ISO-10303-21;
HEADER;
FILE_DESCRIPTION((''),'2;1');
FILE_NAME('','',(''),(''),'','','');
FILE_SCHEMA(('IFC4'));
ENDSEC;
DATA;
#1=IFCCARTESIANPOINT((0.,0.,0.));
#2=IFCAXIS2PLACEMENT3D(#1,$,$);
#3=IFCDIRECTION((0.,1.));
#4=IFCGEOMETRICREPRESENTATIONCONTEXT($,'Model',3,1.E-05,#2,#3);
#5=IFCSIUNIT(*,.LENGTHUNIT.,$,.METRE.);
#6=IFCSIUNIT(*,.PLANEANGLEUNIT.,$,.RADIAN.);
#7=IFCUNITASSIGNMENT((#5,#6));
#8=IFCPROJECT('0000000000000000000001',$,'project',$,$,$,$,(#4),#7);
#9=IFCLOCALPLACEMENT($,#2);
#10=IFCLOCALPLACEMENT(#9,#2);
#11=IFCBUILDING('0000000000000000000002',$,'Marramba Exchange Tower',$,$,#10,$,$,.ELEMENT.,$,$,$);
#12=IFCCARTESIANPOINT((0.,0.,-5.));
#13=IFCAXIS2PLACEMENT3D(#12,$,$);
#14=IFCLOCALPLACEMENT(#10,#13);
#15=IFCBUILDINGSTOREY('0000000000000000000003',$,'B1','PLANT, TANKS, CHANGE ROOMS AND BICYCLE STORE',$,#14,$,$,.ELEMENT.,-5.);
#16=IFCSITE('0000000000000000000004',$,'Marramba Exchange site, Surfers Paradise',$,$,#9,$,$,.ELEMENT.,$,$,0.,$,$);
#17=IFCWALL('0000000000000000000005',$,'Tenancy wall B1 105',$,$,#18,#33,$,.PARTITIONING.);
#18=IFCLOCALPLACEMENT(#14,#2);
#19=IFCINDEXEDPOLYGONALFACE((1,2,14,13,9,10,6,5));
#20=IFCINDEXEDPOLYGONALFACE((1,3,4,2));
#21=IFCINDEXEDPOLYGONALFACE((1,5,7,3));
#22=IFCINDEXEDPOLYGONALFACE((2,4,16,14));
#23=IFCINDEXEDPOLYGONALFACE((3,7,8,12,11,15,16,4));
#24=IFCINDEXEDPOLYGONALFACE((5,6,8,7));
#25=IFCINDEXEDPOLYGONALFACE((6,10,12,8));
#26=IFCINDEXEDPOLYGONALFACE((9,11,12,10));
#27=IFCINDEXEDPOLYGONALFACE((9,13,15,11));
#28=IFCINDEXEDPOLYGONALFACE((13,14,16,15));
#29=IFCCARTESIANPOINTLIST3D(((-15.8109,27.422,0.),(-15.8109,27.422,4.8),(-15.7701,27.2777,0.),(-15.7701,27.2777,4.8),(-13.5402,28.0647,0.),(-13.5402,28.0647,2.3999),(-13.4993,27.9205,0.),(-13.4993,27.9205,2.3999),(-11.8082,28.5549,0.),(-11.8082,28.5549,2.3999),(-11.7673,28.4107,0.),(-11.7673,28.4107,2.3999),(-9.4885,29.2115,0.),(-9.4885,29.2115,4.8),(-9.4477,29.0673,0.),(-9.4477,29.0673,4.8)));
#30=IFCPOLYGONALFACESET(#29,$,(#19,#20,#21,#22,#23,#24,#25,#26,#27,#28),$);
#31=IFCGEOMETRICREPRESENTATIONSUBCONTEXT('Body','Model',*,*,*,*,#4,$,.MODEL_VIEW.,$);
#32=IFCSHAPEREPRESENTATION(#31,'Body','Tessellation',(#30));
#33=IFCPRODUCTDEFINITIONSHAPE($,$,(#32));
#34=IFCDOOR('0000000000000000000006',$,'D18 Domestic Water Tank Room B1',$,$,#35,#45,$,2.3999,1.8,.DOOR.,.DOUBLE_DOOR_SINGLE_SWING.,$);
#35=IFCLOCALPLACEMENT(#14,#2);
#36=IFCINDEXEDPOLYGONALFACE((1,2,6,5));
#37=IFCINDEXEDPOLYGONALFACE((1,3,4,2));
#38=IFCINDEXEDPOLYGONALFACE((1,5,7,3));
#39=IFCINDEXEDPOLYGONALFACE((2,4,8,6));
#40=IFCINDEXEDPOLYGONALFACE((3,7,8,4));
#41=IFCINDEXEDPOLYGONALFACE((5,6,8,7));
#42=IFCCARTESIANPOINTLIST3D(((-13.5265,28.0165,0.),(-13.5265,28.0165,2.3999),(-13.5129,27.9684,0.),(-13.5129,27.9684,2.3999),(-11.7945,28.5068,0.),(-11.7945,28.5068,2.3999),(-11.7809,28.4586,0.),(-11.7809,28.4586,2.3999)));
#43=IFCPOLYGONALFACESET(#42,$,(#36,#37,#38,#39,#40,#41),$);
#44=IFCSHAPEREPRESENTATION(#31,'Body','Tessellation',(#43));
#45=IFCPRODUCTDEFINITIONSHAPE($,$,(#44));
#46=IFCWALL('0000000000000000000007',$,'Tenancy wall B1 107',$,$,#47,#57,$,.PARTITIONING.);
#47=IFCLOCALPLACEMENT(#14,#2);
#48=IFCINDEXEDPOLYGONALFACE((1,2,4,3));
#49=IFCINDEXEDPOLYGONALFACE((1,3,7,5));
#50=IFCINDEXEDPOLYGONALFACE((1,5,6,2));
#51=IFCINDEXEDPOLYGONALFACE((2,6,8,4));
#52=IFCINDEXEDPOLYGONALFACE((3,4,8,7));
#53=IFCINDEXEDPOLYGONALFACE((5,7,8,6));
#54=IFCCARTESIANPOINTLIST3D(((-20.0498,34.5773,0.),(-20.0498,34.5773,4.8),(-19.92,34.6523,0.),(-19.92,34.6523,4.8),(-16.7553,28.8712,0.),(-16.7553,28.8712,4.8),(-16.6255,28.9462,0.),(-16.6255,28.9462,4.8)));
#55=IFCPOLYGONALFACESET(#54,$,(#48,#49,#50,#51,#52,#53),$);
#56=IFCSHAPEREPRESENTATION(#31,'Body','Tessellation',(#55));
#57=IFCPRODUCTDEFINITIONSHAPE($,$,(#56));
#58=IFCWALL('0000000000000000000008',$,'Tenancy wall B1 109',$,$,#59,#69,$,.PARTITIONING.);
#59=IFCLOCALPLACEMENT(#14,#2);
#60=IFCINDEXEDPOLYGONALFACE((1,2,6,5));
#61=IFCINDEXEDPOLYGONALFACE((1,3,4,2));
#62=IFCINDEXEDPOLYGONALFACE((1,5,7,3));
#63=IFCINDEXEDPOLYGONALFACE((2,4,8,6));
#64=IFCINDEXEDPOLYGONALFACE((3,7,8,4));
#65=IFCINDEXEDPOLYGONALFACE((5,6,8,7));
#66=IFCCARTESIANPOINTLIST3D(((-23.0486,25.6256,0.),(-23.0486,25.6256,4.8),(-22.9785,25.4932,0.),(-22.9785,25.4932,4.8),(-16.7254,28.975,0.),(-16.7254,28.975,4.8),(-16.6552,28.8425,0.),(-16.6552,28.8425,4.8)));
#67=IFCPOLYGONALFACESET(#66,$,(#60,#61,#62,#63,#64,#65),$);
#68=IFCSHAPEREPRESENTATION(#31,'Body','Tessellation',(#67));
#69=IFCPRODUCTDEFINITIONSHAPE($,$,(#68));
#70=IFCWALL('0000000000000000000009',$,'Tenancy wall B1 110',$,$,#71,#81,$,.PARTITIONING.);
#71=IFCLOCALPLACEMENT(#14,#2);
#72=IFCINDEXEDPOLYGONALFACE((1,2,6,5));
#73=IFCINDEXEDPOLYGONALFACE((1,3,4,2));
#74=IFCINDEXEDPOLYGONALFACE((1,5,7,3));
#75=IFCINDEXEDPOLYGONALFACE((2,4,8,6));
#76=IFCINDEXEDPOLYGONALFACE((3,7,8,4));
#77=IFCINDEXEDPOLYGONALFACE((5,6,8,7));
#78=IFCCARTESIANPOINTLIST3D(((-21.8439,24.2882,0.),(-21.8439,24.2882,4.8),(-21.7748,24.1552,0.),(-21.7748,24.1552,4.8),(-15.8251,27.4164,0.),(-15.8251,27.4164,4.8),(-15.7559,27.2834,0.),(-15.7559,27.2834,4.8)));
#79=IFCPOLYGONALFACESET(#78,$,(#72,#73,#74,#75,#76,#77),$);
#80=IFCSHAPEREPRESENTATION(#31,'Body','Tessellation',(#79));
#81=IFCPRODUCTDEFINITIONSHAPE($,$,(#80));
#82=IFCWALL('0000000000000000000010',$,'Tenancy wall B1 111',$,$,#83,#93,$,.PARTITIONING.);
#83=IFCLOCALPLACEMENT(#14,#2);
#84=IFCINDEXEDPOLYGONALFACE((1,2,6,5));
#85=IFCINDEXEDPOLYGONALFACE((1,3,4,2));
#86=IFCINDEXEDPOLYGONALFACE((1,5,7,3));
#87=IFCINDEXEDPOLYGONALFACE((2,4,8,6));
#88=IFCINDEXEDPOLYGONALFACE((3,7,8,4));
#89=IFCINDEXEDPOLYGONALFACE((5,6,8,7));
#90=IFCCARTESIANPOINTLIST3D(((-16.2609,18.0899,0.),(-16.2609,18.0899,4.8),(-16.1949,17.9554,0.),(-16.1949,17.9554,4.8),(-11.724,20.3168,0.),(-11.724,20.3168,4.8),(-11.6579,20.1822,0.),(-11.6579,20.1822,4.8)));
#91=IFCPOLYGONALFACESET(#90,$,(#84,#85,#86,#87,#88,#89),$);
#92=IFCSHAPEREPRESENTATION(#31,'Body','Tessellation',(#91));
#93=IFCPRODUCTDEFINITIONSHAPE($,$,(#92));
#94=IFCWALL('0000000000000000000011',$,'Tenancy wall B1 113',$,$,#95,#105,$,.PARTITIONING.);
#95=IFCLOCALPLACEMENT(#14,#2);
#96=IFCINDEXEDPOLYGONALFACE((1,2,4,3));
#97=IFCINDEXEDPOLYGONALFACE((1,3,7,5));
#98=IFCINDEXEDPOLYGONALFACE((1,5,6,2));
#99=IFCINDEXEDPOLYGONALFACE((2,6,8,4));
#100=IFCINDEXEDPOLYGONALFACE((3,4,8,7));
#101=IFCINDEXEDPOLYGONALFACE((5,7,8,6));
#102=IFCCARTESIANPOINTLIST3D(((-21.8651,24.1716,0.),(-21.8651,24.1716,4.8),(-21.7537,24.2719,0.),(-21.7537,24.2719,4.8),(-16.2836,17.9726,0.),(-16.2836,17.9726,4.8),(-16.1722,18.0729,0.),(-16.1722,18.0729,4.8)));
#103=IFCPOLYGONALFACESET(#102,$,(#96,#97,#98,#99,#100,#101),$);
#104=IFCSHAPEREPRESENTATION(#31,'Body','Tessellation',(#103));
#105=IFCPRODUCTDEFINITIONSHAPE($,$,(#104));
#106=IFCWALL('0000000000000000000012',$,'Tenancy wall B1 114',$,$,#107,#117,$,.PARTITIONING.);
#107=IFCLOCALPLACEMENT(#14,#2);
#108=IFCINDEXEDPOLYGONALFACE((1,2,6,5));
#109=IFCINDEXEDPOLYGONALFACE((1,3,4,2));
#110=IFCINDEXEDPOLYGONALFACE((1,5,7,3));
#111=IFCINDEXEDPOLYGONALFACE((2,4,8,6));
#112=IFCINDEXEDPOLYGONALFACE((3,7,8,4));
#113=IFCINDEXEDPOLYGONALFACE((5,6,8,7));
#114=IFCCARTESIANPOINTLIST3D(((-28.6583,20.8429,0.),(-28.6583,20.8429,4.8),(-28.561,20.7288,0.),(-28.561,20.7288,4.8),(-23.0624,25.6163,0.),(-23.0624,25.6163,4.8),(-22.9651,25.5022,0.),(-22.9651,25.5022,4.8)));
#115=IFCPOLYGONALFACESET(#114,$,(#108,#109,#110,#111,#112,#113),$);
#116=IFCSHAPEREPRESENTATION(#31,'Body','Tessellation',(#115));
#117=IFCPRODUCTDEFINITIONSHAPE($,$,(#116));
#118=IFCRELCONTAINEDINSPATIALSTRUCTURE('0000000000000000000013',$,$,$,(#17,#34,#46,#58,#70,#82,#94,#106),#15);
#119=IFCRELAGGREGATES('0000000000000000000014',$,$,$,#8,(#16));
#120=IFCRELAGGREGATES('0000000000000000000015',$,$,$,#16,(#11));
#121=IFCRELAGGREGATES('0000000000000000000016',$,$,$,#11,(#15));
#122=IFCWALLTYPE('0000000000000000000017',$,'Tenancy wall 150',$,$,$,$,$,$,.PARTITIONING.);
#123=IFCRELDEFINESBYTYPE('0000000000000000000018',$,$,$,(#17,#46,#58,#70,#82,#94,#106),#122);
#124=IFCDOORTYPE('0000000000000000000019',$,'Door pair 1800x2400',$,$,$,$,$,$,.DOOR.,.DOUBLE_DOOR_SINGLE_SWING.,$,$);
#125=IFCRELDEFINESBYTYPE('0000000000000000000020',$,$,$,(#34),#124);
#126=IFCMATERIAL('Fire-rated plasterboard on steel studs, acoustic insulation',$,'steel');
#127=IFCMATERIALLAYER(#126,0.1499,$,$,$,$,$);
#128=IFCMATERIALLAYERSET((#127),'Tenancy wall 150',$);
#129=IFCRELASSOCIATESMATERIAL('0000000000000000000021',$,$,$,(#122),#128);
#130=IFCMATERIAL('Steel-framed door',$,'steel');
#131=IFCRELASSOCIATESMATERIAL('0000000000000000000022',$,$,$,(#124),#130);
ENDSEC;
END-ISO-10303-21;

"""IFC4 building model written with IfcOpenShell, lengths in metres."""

from ifc_helpers import new_model, si_unit, direction, frame, frame_2d, origin, place, context, subcontext, project, spatial, rectangle, extrude, material, layer, layer_set, type_object, element, fill, save


model = new_model("IFC4")

# Units and contexts
model_context = context("Model", 3, precision=1e-05, world=origin(), true_north=direction((0.0, 1.0)))
body_context = subcontext(model_context, "Body", "Model", "MODEL_VIEW")
ifc_project = project(units=[si_unit("LENGTHUNIT", "METRE"), si_unit("PLANEANGLEUNIT", "RADIAN")], contexts=[model_context])

# Site, building, storey
site_placement = place(None, origin())
site = spatial("IfcSite", under=ifc_project, at=site_placement, Name="Marramba Exchange site, Surfers Paradise", CompositionType="ELEMENT", RefElevation=0.0)
building_placement = place(site_placement, origin())
building = spatial("IfcBuilding", under=site, at=building_placement, Name="Marramba Exchange Tower", CompositionType="ELEMENT")
storey_placement = place(building_placement, frame((0.0, 0.0, -5.0)))
storey = spatial("IfcBuildingStorey", under=building, at=storey_placement, Name="B1", Description="PLANT, TANKS, CHANGE ROOMS AND BICYCLE STORE", CompositionType="ELEMENT", Elevation=-5.0)

# Wall, opening, door
ifc_material_1 = material(Name="Fire-rated plasterboard on steel studs, acoustic insulation", Category="steel")
ifc_layer_1 = layer(ifc_material_1, 0.1499)
ifc_layer_set_1 = layer_set([ifc_layer_1], Name="Tenancy wall 150")
wall_type_1 = type_object("IfcWallType", Name="Tenancy wall 150", PredefinedType="PARTITIONING", material=ifc_layer_set_1)
wall_1_placement = place(storey_placement, frame((-15.7905, 27.3499, 0.0), z_axis=(0.0, 0.0, 1.0), x_axis=(0.9622, 0.272345, 0.0)))
wall_1 = element("IfcWall", 1, at=wall_1_placement, inside=storey, type_object=wall_type_1, Name="Tenancy wall B1 105", PredefinedType="PARTITIONING", context=body_context, shape_type="SweptSolid", body=[
    extrude(rectangle(XDim=6.5708, YDim=0.1499, at=frame_2d((3.2854, 0.0))), origin(), (0.0, 0.0, 1.0), 4.8),
])
opening_placement = place(wall_1_placement, frame((2.3601, 0.0, 0.0)))
opening = element("IfcOpeningElement", 2, at=opening_placement, cuts=wall_1, PredefinedType="OPENING", context=body_context, shape_type="SweptSolid", body=[
    extrude(rectangle(XDim=1.8, YDim=2.3999, at=frame_2d((0.8999, 1.2))), frame((0.0, 0.085, 0.0), z_axis=(0.0, -1.0, 0.0), x_axis=(1.0, 0.0, 0.0)), (0.0, 0.0, 1.0), 0.1699),
])
ifc_material_2 = material(Name="Steel-framed door", Category="steel")
door_type = type_object("IfcDoorType", Name="Door pair 1800x2400", OperationType="DOUBLE_DOOR_SINGLE_SWING", PredefinedType="DOOR", material=ifc_material_2)
door_placement = place(opening_placement, origin())
door = element("IfcDoor", 3, at=door_placement, inside=storey, type_object=door_type, Name="D18 Domestic Water Tank Room B1", OperationType="DOUBLE_DOOR_SINGLE_SWING", OverallHeight=2.3999, OverallWidth=1.8, PredefinedType="DOOR", context=body_context, shape_type="SweptSolid", body=[
    extrude(rectangle(XDim=1.8, YDim=2.3999, at=frame_2d((0.8999, 1.2))), frame((0.0, 0.0249, 0.0), z_axis=(0.0, -1.0, 0.0), x_axis=(1.0, 0.0, 0.0)), (0.0, 0.0, 1.0), 0.05),
])
fill(opening, door)

# Walls
wall_2_placement = place(storey_placement, frame((-16.6904, 28.9087, 0.0), z_axis=(0.0, 0.0, 1.0), x_axis=(-0.500005, 0.866023, 0.0)))
element("IfcWall", 4, at=wall_2_placement, inside=storey, type_object=wall_type_1, Name="Tenancy wall B1 107", PredefinedType="PARTITIONING", context=body_context, shape_type="SweptSolid", body=[
    extrude(rectangle(XDim=6.5889, YDim=0.1499, at=frame_2d((3.2944, 0.0))), origin(), (0.0, 0.0, 1.0), 4.8),
])
wall_3_placement = place(storey_placement, frame((-16.6904, 28.9087, 0.0), z_axis=(0.0, 0.0, 1.0), x_axis=(-0.883686, -0.468081, 0.0)))
element("IfcWall", 5, at=wall_3_placement, inside=storey, type_object=wall_type_1, Name="Tenancy wall B1 109", PredefinedType="PARTITIONING", context=body_context, shape_type="SweptSolid", body=[
    extrude(rectangle(XDim=7.1555, YDim=0.1499, at=frame_2d((3.5776, 0.0))), origin(), (0.0, 0.0, 1.0), 4.8),
])
wall_4_placement = place(storey_placement, frame((-21.8093, 24.2217, 0.0), z_axis=(0.0, 0.0, 1.0), x_axis=(0.887313, 0.461167, 0.0)))
element("IfcWall", 6, at=wall_4_placement, inside=storey, type_object=wall_type_1, Name="Tenancy wall B1 110", PredefinedType="PARTITIONING", context=body_context, shape_type="SweptSolid", body=[
    extrude(rectangle(XDim=6.7832, YDim=0.1499, at=frame_2d((3.3916, 0.0))), origin(), (0.0, 0.0, 1.0), 4.8),
])
wall_5_placement = place(storey_placement, frame((-16.2278, 18.0227, 0.0), z_axis=(0.0, 0.0, 1.0), x_axis=(0.897697, 0.440612, 0.0)))
element("IfcWall", 7, at=wall_5_placement, inside=storey, type_object=wall_type_1, Name="Tenancy wall B1 111", PredefinedType="PARTITIONING", context=body_context, shape_type="SweptSolid", body=[
    extrude(rectangle(XDim=5.054, YDim=0.1499, at=frame_2d((2.5269, 0.0))), origin(), (0.0, 0.0, 1.0), 4.8),
])
wall_6_placement = place(storey_placement, frame((-16.2278, 18.0227, 0.0), z_axis=(0.0, 0.0, 1.0), x_axis=(-0.669128, 0.743147, 0.0)))
element("IfcWall", 8, at=wall_6_placement, inside=storey, type_object=wall_type_1, Name="Tenancy wall B1 113", PredefinedType="PARTITIONING", context=body_context, shape_type="SweptSolid", body=[
    extrude(rectangle(XDim=8.3416, YDim=0.1499, at=frame_2d((4.1709, 0.0))), origin(), (0.0, 0.0, 1.0), 4.8),
])
wall_7_placement = place(storey_placement, frame((-23.0137, 25.5593, 0.0), z_axis=(0.0, 0.0, 1.0), x_axis=(-0.760806, -0.64898, 0.0)))
element("IfcWall", 9, at=wall_7_placement, inside=storey, type_object=wall_type_1, Name="Tenancy wall B1 114", PredefinedType="PARTITIONING", context=body_context, shape_type="SweptSolid", body=[
    extrude(rectangle(XDim=7.3552, YDim=0.1499, at=frame_2d((3.6777, 0.0))), origin(), (0.0, 0.0, 1.0), 4.8),
])

save(model, "model.ifc")
